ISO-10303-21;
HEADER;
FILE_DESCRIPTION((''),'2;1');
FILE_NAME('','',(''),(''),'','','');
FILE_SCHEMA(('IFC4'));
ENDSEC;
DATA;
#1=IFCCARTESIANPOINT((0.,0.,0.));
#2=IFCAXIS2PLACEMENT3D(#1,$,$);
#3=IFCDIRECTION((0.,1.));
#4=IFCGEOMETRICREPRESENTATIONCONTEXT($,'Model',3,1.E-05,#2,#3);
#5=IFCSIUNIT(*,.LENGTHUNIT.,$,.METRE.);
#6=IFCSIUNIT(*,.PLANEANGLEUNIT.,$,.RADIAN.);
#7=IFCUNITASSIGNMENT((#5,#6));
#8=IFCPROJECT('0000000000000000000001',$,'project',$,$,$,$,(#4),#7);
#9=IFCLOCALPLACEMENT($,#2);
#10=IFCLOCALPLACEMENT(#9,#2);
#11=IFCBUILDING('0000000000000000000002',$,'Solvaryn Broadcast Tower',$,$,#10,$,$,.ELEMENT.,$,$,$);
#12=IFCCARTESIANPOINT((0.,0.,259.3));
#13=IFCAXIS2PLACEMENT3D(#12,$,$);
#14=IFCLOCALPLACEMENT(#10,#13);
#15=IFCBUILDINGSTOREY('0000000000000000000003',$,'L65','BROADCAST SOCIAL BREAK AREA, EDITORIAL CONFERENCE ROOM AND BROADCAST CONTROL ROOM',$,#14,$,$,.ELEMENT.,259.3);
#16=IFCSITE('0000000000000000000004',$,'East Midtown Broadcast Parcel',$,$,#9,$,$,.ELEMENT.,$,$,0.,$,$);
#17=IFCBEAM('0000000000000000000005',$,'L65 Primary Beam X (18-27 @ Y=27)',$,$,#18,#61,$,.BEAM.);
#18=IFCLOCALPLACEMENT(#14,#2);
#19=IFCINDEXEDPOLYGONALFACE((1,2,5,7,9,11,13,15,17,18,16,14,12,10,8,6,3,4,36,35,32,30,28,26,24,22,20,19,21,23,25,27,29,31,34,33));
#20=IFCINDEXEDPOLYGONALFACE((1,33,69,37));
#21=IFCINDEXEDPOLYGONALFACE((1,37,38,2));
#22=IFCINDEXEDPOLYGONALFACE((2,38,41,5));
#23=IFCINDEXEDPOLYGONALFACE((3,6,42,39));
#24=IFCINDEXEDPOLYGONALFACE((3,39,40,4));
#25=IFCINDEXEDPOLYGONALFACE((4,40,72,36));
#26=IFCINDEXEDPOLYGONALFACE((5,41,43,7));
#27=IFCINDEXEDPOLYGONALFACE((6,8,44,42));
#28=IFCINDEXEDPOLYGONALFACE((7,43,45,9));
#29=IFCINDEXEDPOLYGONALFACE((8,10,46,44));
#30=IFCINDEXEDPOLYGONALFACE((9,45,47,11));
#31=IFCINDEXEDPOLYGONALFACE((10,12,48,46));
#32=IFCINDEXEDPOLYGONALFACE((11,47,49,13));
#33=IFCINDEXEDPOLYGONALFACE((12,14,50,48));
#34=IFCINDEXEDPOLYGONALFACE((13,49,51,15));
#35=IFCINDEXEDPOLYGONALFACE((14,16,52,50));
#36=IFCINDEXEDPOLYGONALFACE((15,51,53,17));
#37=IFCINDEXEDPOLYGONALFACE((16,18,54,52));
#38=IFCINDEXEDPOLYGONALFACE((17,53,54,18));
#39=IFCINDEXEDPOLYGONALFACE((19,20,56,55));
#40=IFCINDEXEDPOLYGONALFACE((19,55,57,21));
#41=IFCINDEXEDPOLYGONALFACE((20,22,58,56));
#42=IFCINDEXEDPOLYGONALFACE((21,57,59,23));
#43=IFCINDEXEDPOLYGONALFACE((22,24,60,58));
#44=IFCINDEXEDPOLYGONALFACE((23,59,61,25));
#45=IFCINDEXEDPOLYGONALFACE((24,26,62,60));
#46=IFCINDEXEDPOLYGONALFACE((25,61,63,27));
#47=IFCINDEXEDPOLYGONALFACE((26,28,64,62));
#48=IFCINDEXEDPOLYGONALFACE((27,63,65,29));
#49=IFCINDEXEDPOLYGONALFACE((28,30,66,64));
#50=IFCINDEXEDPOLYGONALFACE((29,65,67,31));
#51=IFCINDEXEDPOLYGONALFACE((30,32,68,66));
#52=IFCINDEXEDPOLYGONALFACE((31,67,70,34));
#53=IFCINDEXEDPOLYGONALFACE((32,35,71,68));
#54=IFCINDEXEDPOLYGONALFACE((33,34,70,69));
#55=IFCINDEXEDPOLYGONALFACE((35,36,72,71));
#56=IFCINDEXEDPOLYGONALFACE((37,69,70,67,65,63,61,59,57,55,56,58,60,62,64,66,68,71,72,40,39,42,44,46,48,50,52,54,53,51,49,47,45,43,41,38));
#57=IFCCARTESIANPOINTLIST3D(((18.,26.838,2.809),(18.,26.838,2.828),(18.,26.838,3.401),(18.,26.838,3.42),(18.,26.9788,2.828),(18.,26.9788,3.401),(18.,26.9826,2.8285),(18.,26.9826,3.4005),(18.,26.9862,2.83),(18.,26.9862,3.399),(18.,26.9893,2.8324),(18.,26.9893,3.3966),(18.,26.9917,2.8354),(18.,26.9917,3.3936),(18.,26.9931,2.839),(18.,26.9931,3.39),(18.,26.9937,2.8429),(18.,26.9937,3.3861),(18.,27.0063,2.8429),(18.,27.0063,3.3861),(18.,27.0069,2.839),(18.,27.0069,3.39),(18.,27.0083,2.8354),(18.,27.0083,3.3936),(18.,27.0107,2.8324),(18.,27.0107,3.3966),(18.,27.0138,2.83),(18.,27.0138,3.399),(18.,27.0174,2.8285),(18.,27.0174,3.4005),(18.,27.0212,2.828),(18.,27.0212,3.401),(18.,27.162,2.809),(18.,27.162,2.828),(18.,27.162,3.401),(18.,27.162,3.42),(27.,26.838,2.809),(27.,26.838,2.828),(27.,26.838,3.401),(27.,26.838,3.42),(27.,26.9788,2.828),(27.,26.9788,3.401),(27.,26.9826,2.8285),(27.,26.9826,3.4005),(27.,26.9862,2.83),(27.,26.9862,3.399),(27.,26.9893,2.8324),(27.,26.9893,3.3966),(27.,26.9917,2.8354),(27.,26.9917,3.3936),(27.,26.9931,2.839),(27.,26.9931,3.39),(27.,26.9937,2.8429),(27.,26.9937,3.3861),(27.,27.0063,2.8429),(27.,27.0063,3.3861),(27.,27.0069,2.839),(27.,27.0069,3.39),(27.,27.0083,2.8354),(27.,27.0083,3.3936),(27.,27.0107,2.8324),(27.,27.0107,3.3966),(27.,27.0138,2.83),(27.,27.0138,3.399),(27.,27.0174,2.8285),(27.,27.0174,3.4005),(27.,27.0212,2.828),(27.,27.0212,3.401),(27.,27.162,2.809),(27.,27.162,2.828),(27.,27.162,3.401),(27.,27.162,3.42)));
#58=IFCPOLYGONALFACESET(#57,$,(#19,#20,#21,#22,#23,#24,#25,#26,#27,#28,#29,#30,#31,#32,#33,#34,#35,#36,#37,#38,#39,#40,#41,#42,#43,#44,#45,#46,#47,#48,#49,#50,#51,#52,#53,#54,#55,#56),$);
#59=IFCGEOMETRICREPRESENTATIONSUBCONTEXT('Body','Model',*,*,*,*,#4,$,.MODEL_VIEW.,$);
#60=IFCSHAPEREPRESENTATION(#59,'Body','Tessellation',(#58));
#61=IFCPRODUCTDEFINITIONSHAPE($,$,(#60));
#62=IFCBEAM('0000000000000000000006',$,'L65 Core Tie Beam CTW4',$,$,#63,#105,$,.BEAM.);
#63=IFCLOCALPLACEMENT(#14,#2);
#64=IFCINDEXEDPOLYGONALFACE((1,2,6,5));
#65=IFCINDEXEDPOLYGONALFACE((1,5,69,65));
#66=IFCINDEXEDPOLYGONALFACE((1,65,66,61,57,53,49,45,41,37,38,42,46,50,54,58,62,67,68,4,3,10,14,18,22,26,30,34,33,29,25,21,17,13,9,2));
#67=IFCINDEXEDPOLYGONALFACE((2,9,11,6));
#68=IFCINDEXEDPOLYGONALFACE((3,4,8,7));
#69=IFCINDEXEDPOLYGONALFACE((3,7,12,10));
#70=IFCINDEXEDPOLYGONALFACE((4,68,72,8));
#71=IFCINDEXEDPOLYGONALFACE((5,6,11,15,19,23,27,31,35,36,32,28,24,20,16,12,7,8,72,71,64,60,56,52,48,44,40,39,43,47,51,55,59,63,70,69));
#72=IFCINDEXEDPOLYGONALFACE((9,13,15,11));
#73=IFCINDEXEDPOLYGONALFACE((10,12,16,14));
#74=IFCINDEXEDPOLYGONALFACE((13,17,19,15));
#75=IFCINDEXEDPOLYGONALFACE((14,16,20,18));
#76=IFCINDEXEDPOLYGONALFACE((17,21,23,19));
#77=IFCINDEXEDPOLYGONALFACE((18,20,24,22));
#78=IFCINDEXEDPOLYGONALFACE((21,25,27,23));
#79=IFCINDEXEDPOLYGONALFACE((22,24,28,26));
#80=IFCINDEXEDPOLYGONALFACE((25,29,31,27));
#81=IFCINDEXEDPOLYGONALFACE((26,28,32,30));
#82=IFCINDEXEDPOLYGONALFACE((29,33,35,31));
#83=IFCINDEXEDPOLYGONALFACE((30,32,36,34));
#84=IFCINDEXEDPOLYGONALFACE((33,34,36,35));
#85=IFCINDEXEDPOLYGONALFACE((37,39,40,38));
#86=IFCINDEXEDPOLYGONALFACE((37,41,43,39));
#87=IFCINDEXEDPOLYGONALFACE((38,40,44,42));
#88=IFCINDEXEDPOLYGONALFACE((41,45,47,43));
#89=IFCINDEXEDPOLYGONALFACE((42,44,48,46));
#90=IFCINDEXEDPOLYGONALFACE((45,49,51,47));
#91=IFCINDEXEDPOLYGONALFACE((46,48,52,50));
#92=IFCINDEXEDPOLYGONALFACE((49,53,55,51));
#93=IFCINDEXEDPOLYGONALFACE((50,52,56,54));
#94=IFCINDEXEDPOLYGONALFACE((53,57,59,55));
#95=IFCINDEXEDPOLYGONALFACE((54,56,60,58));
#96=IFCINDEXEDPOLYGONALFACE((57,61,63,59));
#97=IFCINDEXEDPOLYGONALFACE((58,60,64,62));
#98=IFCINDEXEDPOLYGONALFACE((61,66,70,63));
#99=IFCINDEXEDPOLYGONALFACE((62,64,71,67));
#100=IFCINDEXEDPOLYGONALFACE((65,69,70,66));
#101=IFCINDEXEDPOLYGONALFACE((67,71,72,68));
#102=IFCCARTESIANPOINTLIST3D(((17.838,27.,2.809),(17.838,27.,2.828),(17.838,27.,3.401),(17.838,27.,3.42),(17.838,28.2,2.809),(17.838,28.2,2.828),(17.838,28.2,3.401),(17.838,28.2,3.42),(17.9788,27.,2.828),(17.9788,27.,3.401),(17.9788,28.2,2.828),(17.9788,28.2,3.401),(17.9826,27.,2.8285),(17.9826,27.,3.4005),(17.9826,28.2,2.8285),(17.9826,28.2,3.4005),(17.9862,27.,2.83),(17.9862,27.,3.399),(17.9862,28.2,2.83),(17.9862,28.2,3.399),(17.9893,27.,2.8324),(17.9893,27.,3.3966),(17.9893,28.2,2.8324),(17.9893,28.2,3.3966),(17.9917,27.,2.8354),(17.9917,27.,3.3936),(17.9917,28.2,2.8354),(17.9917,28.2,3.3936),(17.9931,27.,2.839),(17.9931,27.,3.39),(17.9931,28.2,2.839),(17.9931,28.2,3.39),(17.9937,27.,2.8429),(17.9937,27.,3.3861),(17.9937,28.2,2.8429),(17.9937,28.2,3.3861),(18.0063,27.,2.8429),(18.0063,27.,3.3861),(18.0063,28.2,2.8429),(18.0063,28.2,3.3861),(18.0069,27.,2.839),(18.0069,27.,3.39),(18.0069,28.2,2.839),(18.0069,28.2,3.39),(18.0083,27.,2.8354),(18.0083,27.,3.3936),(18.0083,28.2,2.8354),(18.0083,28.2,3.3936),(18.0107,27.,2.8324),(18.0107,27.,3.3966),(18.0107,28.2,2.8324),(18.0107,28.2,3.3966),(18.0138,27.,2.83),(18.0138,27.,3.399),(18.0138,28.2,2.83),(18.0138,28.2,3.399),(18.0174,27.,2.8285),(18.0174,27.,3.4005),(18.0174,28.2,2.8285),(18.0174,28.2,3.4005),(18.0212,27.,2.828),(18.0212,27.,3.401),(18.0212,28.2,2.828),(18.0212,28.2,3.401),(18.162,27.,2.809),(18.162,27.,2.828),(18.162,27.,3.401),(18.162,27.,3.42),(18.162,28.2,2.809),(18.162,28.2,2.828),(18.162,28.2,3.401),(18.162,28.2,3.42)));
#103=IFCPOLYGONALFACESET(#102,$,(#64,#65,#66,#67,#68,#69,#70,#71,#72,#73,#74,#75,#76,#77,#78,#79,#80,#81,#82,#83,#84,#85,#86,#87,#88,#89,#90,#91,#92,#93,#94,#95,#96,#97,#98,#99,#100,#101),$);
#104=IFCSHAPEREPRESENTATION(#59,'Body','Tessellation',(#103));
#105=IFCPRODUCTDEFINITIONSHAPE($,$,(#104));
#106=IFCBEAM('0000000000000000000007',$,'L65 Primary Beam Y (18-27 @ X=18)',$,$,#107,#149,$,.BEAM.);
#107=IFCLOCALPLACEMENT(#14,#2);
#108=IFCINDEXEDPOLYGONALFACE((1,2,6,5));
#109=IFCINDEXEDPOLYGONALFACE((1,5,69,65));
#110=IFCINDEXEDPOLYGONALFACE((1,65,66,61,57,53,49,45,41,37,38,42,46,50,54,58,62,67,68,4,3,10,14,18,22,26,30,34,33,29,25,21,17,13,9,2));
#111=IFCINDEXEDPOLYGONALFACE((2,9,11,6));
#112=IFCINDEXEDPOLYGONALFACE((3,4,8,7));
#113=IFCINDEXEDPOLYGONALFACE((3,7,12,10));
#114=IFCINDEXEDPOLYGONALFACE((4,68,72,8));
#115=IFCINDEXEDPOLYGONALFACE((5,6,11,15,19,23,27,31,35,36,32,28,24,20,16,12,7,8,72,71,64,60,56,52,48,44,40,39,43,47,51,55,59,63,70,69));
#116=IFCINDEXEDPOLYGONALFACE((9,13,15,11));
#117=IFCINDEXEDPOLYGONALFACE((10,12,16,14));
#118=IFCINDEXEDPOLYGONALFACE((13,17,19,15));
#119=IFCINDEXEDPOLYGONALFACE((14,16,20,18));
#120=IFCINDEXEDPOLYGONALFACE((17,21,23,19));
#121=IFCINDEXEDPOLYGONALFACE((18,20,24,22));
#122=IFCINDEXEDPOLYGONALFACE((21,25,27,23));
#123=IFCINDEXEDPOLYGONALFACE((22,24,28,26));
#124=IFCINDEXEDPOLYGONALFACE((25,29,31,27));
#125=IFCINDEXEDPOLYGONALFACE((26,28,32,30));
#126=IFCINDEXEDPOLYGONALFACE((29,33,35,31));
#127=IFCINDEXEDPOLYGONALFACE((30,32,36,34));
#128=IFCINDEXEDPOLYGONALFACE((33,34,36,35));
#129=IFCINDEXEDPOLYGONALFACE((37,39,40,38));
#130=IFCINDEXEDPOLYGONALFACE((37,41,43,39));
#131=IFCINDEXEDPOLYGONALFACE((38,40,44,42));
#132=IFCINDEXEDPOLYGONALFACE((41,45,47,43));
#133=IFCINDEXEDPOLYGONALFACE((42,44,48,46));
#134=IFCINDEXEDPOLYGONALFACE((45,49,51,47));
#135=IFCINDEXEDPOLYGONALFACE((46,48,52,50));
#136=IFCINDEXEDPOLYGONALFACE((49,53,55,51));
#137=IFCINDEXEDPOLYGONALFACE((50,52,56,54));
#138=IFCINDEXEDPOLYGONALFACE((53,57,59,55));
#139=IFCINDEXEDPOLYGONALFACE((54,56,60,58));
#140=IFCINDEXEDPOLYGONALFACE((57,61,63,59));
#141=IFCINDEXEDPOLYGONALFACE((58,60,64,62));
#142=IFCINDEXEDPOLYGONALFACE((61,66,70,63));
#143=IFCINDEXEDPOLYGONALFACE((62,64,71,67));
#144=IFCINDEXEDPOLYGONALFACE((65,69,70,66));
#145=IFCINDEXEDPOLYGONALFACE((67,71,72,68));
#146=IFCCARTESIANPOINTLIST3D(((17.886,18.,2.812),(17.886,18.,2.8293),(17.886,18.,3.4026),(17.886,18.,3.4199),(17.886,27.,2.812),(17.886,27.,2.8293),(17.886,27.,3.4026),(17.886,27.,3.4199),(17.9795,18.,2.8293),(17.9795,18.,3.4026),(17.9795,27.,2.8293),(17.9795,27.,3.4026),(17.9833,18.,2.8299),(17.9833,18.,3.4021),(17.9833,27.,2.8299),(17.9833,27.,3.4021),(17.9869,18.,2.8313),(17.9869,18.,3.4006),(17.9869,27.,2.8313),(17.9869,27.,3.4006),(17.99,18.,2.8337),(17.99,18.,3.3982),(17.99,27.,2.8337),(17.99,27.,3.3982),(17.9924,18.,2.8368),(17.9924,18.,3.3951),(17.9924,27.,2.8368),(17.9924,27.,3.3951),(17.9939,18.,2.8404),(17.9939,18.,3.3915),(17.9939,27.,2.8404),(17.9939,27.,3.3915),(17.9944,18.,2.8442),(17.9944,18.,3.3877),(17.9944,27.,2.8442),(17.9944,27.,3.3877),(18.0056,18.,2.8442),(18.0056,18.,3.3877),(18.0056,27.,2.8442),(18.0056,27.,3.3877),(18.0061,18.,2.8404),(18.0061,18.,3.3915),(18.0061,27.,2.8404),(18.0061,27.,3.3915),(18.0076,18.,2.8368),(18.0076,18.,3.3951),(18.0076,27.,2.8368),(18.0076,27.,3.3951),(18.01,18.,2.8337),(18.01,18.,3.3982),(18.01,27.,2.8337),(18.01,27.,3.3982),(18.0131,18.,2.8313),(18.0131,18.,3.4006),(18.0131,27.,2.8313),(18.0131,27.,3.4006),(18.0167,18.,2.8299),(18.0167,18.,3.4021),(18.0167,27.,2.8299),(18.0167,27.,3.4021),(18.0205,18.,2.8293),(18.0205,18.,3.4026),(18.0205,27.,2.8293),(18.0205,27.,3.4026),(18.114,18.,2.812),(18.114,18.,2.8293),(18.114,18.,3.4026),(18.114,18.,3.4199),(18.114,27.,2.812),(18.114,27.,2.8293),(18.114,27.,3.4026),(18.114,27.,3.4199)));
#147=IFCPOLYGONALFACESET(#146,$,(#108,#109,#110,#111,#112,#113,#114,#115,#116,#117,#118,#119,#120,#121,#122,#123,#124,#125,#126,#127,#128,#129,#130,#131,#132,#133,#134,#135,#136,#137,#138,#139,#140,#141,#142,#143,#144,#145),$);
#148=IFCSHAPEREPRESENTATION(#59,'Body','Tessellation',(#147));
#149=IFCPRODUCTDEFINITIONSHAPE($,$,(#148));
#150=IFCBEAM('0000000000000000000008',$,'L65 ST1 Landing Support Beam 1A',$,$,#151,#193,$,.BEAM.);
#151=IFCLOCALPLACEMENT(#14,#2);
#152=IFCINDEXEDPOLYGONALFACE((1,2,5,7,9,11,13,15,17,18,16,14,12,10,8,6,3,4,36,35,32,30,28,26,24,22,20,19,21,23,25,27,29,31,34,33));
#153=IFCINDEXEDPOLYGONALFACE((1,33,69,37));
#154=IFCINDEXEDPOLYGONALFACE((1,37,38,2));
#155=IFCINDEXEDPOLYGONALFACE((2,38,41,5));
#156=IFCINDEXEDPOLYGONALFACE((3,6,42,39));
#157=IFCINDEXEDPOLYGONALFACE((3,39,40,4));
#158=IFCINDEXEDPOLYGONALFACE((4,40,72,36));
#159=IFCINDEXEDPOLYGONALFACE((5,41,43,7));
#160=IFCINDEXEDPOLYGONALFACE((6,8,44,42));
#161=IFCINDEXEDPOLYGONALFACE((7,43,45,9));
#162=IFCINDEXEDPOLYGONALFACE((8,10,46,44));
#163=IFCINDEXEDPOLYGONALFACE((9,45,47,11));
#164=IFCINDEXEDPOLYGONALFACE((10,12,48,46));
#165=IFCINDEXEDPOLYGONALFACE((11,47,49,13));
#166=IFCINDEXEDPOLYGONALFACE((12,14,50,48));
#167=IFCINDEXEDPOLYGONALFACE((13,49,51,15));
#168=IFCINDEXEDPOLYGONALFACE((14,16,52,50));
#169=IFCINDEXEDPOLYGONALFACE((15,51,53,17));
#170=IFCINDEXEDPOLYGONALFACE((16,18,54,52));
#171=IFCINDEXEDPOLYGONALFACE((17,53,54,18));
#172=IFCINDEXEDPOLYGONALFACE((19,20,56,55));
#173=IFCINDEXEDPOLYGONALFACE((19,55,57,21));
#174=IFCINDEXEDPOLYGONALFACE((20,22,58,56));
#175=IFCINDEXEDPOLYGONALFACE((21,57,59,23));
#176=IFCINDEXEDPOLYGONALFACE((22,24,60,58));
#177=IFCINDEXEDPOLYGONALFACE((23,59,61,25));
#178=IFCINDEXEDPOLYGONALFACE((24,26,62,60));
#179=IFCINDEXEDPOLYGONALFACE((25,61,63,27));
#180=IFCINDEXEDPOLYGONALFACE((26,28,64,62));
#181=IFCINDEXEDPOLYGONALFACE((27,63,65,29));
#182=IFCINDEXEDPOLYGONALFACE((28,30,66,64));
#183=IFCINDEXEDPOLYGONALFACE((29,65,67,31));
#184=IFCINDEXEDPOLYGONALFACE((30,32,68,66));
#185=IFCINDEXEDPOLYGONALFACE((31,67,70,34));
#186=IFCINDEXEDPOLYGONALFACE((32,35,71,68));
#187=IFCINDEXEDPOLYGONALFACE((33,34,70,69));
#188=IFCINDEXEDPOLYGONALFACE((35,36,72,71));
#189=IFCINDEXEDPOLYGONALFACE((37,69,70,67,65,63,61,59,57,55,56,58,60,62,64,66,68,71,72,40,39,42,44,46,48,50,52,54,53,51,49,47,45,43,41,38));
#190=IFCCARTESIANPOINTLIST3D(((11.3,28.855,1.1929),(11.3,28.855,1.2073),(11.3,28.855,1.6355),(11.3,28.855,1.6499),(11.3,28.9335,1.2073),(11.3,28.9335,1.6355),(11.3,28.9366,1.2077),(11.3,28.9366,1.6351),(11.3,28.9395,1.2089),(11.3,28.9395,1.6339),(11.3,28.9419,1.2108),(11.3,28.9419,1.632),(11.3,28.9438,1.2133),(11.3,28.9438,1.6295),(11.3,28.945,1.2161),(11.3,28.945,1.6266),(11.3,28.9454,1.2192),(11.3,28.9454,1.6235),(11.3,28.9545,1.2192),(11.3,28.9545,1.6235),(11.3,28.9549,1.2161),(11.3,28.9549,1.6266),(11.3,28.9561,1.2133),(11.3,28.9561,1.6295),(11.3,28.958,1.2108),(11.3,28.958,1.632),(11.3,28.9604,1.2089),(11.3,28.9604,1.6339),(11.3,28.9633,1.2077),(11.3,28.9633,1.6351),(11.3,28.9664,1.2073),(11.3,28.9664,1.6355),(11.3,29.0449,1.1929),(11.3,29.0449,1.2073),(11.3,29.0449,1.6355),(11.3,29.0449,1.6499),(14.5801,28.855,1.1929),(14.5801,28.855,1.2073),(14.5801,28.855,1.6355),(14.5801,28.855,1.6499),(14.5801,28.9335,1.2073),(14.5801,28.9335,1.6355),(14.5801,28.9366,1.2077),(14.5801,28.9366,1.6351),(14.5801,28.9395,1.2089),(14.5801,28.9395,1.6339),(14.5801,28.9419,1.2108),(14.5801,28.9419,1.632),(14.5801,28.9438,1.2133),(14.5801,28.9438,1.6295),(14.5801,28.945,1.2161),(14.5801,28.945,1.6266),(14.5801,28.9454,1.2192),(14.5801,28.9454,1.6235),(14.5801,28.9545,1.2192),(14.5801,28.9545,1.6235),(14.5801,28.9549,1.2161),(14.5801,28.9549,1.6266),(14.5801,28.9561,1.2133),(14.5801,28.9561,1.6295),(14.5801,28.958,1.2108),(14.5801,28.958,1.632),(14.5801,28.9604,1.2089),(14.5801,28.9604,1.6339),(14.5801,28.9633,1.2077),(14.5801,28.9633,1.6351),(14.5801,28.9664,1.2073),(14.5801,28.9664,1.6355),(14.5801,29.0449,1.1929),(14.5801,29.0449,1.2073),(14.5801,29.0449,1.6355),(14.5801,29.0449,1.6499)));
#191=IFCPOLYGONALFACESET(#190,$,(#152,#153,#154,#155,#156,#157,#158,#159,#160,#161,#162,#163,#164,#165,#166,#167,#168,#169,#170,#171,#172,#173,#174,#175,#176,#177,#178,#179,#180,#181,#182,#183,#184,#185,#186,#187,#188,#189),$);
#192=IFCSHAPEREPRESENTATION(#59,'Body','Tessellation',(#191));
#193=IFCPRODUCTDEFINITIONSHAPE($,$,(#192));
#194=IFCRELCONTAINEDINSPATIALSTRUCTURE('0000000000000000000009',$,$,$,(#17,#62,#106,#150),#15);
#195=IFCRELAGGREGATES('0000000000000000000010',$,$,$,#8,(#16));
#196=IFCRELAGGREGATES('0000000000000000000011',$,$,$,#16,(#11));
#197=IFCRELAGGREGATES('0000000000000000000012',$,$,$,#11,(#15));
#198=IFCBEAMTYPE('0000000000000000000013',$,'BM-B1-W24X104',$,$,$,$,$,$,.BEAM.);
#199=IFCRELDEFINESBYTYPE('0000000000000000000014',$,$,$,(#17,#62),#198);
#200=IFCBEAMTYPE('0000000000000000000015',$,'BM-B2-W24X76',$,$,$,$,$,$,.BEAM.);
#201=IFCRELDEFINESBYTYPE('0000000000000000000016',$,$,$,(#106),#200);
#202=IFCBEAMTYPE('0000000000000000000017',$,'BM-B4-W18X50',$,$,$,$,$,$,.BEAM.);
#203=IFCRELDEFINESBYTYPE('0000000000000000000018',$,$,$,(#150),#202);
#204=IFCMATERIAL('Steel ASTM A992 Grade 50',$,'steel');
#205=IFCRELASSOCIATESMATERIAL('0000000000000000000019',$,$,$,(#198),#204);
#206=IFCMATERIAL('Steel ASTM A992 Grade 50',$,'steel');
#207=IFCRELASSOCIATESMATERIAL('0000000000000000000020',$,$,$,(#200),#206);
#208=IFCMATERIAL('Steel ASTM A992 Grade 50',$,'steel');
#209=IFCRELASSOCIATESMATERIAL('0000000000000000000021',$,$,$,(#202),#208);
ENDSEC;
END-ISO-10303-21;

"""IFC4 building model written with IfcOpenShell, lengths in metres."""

from ifc_helpers import new_model, si_unit, direction, frame, origin, origin_2d, place, context, subcontext, project, spatial, i_section, extrude, material, material_profile, profile_set, type_object, element, save


model = new_model("IFC4")

# Units and contexts
model_context = context("Model", 3, precision=1e-05, world=origin(), true_north=direction((0.0, 1.0)))
body_context = subcontext(model_context, "Body", "Model", "MODEL_VIEW")
ifc_project = project(units=[si_unit("LENGTHUNIT", "METRE"), si_unit("PLANEANGLEUNIT", "RADIAN")], contexts=[model_context])

# Site, building, storey
site_placement = place(None, origin())
site = spatial("IfcSite", under=ifc_project, at=site_placement, Name="East Midtown Broadcast Parcel", CompositionType="ELEMENT", RefElevation=0.0)
building_placement = place(site_placement, origin())
building = spatial("IfcBuilding", under=site, at=building_placement, Name="Solvaryn Broadcast Tower", CompositionType="ELEMENT")
storey_placement = place(building_placement, frame((0.0, 0.0, 259.3)))
storey = spatial("IfcBuildingStorey", under=building, at=storey_placement, Name="L65", Description="BROADCAST SOCIAL BREAK AREA, EDITORIAL CONFERENCE ROOM AND BROADCAST CONTROL ROOM", CompositionType="ELEMENT", Elevation=259.3)

# Beams
ifc_material_1 = material(Name="Steel ASTM A992 Grade 50", Category="steel")
ifc_material_profile_1 = material_profile(ifc_material_1, i_section(OverallWidth=0.324, OverallDepth=0.6111, WebThickness=0.0127, FlangeThickness=0.019, FilletRadius=0.0149, at=origin_2d()))
ifc_profile_set_1 = profile_set([ifc_material_profile_1], Name="Steel ASTM A992 Grade 50")
beam_type_1 = type_object("IfcBeamType", Name="BM-B1-W24X104", PredefinedType="BEAM", material=ifc_profile_set_1)
for number, where, z_axis, x_axis, name in (
    (1, (18.0, 27.0, 3.1145), (1.0, 0.0, 0.0), (0.0, 1.0, 0.0), "L65 Primary Beam X (18-27 @ Y=27)"),
):
    element("IfcBeam", number, at=place(storey_placement, frame(where, z_axis=z_axis, x_axis=x_axis)), inside=storey, type_object=beam_type_1, Name=name, PredefinedType="BEAM", context=body_context, shape_type="SweptSolid", body=[
        extrude(i_section(OverallWidth=0.324, OverallDepth=0.6111, WebThickness=0.0127, FlangeThickness=0.019, FilletRadius=0.0149, at=origin_2d()), origin(), (0.0, 0.0, 1.0), 9.0),
    ])
beam_1_placement = place(storey_placement, frame((18.0, 27.0, 3.1145), z_axis=(0.0, 1.0, 0.0), x_axis=(-1.0, 0.0, 0.0)))
element("IfcBeam", 2, at=beam_1_placement, inside=storey, type_object=beam_type_1, Name="L65 Core Tie Beam CTW4", PredefinedType="BEAM", context=body_context, shape_type="SweptSolid", body=[
    extrude(i_section(OverallWidth=0.324, OverallDepth=0.6111, WebThickness=0.0127, FlangeThickness=0.019, FilletRadius=0.0149, at=origin_2d()), origin(), (0.0, 0.0, 1.0), 1.2),
])
ifc_material_2 = material(Name="Steel ASTM A992 Grade 50", Category="steel")
ifc_material_profile_2 = material_profile(ifc_material_2, i_section(OverallWidth=0.228, OverallDepth=0.6079, WebThickness=0.0112, FlangeThickness=0.0173, FilletRadius=0.0149, at=origin_2d()))
ifc_profile_set_2 = profile_set([ifc_material_profile_2], Name="Steel ASTM A992 Grade 50")
beam_type_2 = type_object("IfcBeamType", Name="BM-B2-W24X76", PredefinedType="BEAM", material=ifc_profile_set_2)
beam_2_placement = place(storey_placement, frame((18.0, 18.0, 3.116), z_axis=(0.0, 1.0, 0.0), x_axis=(-1.0, 0.0, 0.0)))
element("IfcBeam", 3, at=beam_2_placement, inside=storey, type_object=beam_type_2, Name="L65 Primary Beam Y (18-27 @ X=18)", PredefinedType="BEAM", context=body_context, shape_type="SweptSolid", body=[
    extrude(i_section(OverallWidth=0.228, OverallDepth=0.6079, WebThickness=0.0112, FlangeThickness=0.0173, FilletRadius=0.0149, at=origin_2d()), origin(), (0.0, 0.0, 1.0), 9.0),
])
ifc_material_3 = material(Name="Steel ASTM A992 Grade 50", Category="steel")
ifc_material_profile_3 = material_profile(ifc_material_3, i_section(OverallWidth=0.1899, OverallDepth=0.457, WebThickness=0.009, FlangeThickness=0.0144, FilletRadius=0.012, at=origin_2d()))
ifc_profile_set_3 = profile_set([ifc_material_profile_3], Name="Steel ASTM A992 Grade 50")
beam_type_3 = type_object("IfcBeamType", Name="BM-B4-W18X50", PredefinedType="BEAM", material=ifc_profile_set_3)
beam_3_placement = place(storey_placement, frame((11.3, 28.95, 1.4214), z_axis=(1.0, 0.0, 0.0), x_axis=(0.0, 1.0, 0.0)))
element("IfcBeam", 4, at=beam_3_placement, inside=storey, type_object=beam_type_3, Name="L65 ST1 Landing Support Beam 1A", PredefinedType="BEAM", context=body_context, shape_type="SweptSolid", body=[
    extrude(i_section(OverallWidth=0.1899, OverallDepth=0.457, WebThickness=0.009, FlangeThickness=0.0144, FilletRadius=0.012, at=origin_2d()), origin(), (0.0, 0.0, 1.0), 3.28),
])

save(model, "model.ifc")
